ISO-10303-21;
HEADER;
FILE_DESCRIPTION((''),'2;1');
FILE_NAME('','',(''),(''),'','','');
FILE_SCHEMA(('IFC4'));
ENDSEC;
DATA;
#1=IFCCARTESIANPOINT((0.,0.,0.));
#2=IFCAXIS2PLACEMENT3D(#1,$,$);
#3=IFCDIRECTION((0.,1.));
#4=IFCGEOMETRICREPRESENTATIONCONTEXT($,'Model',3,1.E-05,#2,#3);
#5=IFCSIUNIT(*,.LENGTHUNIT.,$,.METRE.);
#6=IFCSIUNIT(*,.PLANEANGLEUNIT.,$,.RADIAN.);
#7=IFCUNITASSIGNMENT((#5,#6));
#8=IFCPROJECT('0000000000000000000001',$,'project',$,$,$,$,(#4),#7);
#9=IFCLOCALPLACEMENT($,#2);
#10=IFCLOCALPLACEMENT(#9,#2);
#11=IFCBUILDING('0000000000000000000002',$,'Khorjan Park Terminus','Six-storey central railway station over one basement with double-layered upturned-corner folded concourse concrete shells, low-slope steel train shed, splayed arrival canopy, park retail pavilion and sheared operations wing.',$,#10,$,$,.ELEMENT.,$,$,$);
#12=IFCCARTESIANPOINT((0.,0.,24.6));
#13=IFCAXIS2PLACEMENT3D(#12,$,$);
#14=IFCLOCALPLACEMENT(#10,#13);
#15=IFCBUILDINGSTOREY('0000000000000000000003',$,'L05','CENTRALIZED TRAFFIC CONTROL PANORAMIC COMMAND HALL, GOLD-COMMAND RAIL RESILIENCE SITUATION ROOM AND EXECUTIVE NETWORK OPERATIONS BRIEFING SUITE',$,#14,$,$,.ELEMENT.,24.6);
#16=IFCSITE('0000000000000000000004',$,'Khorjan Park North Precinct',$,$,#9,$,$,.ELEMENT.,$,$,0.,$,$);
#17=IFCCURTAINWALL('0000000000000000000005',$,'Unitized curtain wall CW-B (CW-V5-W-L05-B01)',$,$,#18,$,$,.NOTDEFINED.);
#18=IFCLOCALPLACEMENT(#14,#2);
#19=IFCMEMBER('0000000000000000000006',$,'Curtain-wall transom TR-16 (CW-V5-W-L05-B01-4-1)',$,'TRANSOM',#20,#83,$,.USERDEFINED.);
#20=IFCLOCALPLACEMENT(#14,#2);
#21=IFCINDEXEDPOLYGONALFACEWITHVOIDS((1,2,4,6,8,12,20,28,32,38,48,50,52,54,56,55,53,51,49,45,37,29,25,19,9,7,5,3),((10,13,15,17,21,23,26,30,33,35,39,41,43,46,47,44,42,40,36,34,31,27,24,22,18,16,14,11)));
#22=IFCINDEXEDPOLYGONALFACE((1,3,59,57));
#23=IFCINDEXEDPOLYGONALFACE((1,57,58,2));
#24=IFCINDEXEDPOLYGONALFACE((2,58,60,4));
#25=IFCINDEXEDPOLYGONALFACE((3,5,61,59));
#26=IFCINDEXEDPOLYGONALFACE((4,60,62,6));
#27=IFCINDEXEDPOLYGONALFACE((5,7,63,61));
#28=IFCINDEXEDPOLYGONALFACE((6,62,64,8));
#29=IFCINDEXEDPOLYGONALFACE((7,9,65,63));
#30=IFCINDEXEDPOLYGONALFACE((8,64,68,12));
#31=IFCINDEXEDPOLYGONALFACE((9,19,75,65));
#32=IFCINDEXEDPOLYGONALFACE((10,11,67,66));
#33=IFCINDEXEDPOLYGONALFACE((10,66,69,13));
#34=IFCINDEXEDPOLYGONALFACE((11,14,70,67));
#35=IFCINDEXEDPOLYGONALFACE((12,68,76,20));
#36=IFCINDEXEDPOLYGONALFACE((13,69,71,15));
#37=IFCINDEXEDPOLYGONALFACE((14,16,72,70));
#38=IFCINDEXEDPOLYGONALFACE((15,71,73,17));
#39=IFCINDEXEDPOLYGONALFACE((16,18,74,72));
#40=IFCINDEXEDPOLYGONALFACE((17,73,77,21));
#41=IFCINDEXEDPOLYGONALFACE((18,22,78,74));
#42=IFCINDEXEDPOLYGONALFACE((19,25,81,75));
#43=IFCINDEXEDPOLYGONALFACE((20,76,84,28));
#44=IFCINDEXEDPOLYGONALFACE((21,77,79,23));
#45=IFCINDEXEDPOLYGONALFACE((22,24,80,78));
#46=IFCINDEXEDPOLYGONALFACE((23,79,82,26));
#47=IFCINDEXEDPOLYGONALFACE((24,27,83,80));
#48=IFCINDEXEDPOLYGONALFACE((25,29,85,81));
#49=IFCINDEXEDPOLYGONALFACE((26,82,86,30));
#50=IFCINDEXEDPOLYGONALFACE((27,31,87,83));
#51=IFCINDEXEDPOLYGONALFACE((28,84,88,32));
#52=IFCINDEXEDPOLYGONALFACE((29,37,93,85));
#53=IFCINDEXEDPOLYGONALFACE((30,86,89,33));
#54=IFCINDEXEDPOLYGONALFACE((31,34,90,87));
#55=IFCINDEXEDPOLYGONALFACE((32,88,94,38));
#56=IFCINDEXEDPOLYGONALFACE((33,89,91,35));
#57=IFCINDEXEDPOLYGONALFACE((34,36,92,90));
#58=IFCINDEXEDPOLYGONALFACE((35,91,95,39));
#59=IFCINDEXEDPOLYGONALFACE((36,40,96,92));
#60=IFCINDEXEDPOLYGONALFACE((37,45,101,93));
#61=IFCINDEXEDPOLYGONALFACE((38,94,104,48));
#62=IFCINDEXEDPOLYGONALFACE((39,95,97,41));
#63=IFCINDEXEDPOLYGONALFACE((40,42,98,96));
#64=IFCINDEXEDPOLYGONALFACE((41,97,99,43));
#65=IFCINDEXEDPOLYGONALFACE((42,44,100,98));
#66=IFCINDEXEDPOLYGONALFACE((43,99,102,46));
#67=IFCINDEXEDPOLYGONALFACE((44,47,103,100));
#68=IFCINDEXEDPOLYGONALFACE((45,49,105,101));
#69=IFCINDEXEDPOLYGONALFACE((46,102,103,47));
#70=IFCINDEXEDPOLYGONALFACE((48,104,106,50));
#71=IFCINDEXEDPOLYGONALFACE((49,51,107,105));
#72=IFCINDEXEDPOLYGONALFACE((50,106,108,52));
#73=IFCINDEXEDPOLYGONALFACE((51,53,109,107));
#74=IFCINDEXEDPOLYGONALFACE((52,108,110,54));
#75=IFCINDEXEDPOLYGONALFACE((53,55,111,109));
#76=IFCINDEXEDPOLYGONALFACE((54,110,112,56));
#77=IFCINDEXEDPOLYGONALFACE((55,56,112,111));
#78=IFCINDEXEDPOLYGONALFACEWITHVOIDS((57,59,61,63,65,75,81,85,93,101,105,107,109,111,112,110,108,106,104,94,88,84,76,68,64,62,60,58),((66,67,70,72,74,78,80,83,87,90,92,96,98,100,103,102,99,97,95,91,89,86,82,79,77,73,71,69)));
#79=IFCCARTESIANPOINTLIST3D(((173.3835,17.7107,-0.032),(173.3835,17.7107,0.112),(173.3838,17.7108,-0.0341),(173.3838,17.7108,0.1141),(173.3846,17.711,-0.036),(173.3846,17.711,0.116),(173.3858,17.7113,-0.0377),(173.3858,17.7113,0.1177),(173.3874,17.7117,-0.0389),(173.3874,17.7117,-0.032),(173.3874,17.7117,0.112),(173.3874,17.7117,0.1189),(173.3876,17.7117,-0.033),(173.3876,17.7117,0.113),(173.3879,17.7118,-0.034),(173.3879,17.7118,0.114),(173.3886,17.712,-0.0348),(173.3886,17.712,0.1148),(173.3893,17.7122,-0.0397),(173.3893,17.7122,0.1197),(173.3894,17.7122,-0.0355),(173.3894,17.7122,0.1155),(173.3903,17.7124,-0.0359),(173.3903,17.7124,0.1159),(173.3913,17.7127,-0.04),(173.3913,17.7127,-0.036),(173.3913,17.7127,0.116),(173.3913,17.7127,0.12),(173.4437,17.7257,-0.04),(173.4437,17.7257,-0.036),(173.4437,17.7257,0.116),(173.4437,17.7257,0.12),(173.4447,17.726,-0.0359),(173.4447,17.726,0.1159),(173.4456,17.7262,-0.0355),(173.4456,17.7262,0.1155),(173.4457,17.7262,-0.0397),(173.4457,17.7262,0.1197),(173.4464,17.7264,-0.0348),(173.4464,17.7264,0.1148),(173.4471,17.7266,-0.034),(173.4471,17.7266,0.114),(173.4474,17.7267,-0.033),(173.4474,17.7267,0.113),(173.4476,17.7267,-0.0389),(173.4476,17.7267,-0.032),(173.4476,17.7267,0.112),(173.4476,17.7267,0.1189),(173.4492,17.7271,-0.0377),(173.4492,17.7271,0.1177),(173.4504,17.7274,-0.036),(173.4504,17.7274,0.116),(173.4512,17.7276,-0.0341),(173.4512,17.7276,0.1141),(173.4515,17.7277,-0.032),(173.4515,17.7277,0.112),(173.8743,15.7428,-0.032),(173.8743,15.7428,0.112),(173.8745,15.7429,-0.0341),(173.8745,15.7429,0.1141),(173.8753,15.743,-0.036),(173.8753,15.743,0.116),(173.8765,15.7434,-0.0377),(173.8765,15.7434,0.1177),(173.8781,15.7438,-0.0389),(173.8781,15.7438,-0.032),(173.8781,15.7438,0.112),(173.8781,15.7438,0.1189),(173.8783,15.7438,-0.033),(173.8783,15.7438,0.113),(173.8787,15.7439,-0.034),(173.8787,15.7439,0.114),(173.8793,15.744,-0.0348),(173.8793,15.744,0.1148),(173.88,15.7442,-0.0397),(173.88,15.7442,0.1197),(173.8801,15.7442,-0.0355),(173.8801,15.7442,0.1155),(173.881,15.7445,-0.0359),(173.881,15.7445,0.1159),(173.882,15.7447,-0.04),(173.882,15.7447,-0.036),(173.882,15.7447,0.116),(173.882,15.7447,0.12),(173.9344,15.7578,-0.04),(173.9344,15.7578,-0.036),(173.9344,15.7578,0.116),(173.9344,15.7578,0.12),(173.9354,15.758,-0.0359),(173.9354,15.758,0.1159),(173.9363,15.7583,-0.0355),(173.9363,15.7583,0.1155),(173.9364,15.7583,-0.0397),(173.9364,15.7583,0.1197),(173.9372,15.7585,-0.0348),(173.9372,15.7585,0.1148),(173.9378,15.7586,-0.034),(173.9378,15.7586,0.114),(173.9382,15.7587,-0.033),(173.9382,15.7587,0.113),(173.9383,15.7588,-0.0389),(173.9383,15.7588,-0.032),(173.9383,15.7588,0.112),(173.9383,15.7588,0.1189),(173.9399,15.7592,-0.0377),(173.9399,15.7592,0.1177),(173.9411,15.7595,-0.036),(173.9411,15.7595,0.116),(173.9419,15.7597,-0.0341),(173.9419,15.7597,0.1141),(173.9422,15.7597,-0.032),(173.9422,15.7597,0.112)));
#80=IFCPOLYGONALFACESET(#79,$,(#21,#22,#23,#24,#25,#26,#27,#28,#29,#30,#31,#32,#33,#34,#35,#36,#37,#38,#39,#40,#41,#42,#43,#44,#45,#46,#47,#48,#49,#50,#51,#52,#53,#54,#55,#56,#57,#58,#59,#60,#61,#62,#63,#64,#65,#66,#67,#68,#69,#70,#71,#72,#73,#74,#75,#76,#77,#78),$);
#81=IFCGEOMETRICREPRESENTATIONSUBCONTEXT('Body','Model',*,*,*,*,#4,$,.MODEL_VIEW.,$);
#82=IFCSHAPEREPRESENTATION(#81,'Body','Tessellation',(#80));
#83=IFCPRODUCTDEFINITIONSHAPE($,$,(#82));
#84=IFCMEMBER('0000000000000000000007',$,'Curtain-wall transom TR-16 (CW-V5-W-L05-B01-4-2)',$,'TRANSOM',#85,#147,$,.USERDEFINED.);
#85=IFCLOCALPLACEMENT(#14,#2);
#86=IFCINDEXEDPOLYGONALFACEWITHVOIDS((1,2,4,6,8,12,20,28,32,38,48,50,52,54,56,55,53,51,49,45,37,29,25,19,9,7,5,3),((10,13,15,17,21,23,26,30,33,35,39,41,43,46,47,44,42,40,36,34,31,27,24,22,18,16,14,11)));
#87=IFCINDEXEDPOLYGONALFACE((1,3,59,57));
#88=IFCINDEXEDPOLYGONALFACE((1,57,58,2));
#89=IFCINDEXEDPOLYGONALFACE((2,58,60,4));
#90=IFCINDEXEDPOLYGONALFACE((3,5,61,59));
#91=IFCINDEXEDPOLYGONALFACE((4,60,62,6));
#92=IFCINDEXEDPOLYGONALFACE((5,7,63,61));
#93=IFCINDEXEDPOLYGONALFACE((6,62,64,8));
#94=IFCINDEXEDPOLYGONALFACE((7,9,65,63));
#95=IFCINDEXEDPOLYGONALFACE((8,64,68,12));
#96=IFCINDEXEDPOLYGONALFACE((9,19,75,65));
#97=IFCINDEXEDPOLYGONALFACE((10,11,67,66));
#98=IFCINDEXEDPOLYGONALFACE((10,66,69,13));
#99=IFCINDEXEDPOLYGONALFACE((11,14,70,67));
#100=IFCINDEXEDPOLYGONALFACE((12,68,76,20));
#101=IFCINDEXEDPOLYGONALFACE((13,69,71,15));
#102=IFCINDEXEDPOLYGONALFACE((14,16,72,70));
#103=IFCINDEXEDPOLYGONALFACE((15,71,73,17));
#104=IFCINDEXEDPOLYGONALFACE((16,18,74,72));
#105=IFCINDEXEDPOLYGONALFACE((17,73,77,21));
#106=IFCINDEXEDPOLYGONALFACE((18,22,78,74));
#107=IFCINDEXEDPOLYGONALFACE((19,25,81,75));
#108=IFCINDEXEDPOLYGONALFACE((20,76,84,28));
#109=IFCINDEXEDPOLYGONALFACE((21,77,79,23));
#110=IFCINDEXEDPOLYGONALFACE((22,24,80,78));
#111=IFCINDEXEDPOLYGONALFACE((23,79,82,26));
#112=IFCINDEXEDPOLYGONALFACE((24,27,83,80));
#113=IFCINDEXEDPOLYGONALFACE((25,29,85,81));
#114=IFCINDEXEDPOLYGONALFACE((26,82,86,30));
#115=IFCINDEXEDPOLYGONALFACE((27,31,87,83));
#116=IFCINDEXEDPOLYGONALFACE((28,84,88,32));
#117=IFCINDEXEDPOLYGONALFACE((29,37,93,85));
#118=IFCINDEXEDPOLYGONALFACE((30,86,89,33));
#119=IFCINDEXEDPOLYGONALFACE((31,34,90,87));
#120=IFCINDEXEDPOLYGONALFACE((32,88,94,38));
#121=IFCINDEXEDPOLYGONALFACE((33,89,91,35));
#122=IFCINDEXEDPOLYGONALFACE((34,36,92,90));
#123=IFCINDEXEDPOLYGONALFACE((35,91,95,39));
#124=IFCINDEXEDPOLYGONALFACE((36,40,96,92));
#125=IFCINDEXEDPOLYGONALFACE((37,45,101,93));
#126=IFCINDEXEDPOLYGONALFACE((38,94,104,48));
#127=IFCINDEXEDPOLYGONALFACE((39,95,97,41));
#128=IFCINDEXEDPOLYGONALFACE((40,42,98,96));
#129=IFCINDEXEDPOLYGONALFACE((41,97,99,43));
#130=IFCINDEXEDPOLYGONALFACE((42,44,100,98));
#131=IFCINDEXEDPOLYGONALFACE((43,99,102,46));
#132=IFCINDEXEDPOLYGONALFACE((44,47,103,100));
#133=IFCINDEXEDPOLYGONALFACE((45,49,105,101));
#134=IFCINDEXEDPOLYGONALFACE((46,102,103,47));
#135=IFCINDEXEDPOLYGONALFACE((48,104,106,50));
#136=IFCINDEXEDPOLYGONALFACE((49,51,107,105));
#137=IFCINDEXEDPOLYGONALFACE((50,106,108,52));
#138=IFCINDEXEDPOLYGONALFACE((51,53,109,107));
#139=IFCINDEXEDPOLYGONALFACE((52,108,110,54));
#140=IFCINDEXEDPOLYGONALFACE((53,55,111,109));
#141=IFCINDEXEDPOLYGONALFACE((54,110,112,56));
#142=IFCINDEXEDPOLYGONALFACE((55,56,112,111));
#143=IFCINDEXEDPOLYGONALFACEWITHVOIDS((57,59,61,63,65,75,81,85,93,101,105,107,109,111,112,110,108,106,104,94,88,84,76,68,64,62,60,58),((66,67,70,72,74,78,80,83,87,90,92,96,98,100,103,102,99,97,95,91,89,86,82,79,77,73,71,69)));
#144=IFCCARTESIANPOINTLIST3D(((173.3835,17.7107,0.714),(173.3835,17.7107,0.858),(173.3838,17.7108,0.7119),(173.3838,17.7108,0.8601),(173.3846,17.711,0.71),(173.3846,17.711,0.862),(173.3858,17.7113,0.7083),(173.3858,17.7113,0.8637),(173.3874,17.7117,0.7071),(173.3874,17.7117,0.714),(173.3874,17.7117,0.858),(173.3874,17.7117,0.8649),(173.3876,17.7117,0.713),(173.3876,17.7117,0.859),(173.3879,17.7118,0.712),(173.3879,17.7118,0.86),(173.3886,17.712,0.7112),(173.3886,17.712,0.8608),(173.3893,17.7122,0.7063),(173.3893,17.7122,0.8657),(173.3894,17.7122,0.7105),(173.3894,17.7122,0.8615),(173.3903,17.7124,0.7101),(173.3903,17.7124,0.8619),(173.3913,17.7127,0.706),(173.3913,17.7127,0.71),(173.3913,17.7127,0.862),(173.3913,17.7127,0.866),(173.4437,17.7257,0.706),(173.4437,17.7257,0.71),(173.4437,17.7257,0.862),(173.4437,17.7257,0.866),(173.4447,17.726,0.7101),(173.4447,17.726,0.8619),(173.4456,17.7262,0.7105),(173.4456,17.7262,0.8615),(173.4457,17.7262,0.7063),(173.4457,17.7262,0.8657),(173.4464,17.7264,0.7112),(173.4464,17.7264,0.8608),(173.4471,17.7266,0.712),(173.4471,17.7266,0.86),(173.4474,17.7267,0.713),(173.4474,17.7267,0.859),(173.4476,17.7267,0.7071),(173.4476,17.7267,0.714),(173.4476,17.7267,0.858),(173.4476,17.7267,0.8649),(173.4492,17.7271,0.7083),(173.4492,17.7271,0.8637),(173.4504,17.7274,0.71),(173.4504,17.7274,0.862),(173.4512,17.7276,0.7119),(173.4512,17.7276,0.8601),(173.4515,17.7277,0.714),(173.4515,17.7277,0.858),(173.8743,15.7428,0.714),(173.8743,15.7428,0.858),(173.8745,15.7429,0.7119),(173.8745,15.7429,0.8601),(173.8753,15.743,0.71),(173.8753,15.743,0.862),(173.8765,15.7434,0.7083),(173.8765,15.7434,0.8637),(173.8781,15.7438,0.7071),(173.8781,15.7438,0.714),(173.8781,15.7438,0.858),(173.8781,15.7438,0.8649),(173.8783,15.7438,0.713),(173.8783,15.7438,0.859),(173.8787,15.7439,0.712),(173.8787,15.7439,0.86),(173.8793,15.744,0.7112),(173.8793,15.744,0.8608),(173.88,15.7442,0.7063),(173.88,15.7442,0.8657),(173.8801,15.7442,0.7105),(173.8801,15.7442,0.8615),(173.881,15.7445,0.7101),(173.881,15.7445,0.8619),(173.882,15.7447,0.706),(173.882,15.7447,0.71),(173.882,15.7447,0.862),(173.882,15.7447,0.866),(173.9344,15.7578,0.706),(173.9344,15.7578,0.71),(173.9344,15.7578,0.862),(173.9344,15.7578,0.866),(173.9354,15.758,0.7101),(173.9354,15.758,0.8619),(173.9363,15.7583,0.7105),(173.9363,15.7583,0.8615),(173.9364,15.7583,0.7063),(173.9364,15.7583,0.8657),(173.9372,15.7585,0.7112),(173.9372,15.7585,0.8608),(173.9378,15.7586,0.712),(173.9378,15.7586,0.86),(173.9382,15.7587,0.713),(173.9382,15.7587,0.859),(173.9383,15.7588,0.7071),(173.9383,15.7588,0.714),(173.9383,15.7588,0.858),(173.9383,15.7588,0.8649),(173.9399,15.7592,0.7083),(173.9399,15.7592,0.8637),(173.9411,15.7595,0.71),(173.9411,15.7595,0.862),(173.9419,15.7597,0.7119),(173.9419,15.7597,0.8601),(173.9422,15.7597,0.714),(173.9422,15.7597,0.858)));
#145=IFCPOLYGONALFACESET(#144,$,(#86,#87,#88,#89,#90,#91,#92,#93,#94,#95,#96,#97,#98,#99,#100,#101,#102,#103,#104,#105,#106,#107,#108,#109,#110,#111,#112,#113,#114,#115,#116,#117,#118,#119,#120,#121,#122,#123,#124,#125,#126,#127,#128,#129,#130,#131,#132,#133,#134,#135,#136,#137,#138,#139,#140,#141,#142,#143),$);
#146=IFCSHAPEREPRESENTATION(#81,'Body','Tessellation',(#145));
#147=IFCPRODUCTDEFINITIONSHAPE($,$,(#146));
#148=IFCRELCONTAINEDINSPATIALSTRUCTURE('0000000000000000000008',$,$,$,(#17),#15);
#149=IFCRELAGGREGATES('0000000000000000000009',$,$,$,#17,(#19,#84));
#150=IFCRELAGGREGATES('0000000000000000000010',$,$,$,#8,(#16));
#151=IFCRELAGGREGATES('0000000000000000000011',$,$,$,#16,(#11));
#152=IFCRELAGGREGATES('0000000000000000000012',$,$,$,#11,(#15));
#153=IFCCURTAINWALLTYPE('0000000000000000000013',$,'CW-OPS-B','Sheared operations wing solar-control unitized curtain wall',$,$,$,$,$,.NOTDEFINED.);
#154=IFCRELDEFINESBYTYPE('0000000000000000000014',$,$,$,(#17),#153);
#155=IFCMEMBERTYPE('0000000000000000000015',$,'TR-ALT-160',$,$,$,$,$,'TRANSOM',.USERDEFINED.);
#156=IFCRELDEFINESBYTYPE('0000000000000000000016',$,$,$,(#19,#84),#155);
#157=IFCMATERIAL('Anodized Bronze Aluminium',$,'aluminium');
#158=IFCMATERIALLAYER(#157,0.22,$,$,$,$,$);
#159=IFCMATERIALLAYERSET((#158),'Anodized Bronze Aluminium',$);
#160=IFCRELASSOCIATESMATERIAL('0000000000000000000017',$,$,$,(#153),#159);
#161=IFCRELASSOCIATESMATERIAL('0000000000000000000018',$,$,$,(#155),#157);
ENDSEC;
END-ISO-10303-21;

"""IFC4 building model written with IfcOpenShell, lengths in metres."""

from ifc_helpers import new_model, si_unit, direction, frame, origin, origin_2d, place, context, subcontext, project, spatial, hollow_rectangle, extrude, material, layer, layer_set, material_profile, profile_set, type_object, element, aggregate, save


model = new_model("IFC4")

# Units and contexts
model_context = context("Model", 3, precision=1e-05, world=origin(), true_north=direction((0.0, 1.0)))
body_context = subcontext(model_context, "Body", "Model", "MODEL_VIEW")
ifc_project = project(units=[si_unit("LENGTHUNIT", "METRE"), si_unit("PLANEANGLEUNIT", "RADIAN")], contexts=[model_context])

# Site, building, storey
site_placement = place(None, origin())
site = spatial("IfcSite", under=ifc_project, at=site_placement, Name="Khorjan Park North Precinct", CompositionType="ELEMENT", RefElevation=0.0)
building_placement = place(site_placement, origin())
building = spatial("IfcBuilding", under=site, at=building_placement, Name="Khorjan Park Terminus", Description="Six-storey central railway station over one basement with double-layered upturned-corner folded concourse concrete shells, low-slope steel train shed, splayed arrival canopy, park retail pavilion and sheared operations wing.", CompositionType="ELEMENT")
storey_placement = place(building_placement, frame((0.0, 0.0, 24.6)))
storey = spatial("IfcBuildingStorey", under=building, at=storey_placement, Name="L05", Description="CENTRALIZED TRAFFIC CONTROL PANORAMIC COMMAND HALL, GOLD-COMMAND RAIL RESILIENCE SITUATION ROOM AND EXECUTIVE NETWORK OPERATIONS BRIEFING SUITE", CompositionType="ELEMENT", Elevation=24.6)

# Shared definitions
ifc_material_1 = material(Name="Anodized Bronze Aluminium", Category="aluminium")
ifc_layer_1 = layer(ifc_material_1, 0.22)
ifc_layer_set_1 = layer_set([ifc_layer_1], Name="Anodized Bronze Aluminium")
curtain_wall_type = type_object("IfcCurtainWallType", Name="CW-OPS-B", Description="Sheared operations wing solar-control unitized curtain wall", PredefinedType="NOTDEFINED", material=ifc_layer_set_1)

# Curtain wall
curtain_wall_1_placement = place(storey_placement, origin())
curtain_wall_1 = element("IfcCurtainWall", 1, at=curtain_wall_1_placement, inside=storey, type_object=curtain_wall_type, Name="Unitized curtain wall CW-B (CW-V5-W-L05-B01)", PredefinedType="NOTDEFINED")

# Members
ifc_material_profile_1 = material_profile(ifc_material_1, hollow_rectangle(XDim=0.07, YDim=0.16, WallThickness=0.004, InnerFilletRadius=0.004, OuterFilletRadius=0.008, at=origin_2d()), Name="ALT 70x160x4")
ifc_profile_set_1 = profile_set([ifc_material_profile_1], Name="Anodized Bronze Aluminium")
member_type_1 = type_object("IfcMemberType", Name="TR-ALT-160", ElementType="TRANSOM", PredefinedType="USERDEFINED", material=ifc_profile_set_1)
member_1_placement = place(storey_placement, frame((173.4175, 17.7192, 0.04), z_axis=(0.241944, -0.97029, 0.0), x_axis=(0.97029, 0.241944, 0.0)))
member_1 = element("IfcMember", 2, at=member_1_placement, type_object=member_type_1, Name="Curtain-wall transom TR-16 (CW-V5-W-L05-B01-4-1)", ObjectType="TRANSOM", PredefinedType="USERDEFINED", context=body_context, shape_type="SweptSolid", body=[
    extrude(hollow_rectangle(XDim=0.07, YDim=0.16, WallThickness=0.004, InnerFilletRadius=0.004, OuterFilletRadius=0.008, at=origin_2d()), origin(), (0.0, 0.0, 1.0), 2.0282),
])
member_2_placement = place(storey_placement, frame((173.4175, 17.7192, 0.786), z_axis=(0.241944, -0.97029, 0.0), x_axis=(0.97029, 0.241944, 0.0)))
member_2 = element("IfcMember", 3, at=member_2_placement, type_object=member_type_1, Name="Curtain-wall transom TR-16 (CW-V5-W-L05-B01-4-2)", ObjectType="TRANSOM", PredefinedType="USERDEFINED", context=body_context, shape_type="SweptSolid", body=[
    extrude(hollow_rectangle(XDim=0.07, YDim=0.16, WallThickness=0.004, InnerFilletRadius=0.004, OuterFilletRadius=0.008, at=origin_2d()), origin(), (0.0, 0.0, 1.0), 2.0282),
])

aggregate(curtain_wall_1, [member_1, member_2])

save(model, "model.ifc")
